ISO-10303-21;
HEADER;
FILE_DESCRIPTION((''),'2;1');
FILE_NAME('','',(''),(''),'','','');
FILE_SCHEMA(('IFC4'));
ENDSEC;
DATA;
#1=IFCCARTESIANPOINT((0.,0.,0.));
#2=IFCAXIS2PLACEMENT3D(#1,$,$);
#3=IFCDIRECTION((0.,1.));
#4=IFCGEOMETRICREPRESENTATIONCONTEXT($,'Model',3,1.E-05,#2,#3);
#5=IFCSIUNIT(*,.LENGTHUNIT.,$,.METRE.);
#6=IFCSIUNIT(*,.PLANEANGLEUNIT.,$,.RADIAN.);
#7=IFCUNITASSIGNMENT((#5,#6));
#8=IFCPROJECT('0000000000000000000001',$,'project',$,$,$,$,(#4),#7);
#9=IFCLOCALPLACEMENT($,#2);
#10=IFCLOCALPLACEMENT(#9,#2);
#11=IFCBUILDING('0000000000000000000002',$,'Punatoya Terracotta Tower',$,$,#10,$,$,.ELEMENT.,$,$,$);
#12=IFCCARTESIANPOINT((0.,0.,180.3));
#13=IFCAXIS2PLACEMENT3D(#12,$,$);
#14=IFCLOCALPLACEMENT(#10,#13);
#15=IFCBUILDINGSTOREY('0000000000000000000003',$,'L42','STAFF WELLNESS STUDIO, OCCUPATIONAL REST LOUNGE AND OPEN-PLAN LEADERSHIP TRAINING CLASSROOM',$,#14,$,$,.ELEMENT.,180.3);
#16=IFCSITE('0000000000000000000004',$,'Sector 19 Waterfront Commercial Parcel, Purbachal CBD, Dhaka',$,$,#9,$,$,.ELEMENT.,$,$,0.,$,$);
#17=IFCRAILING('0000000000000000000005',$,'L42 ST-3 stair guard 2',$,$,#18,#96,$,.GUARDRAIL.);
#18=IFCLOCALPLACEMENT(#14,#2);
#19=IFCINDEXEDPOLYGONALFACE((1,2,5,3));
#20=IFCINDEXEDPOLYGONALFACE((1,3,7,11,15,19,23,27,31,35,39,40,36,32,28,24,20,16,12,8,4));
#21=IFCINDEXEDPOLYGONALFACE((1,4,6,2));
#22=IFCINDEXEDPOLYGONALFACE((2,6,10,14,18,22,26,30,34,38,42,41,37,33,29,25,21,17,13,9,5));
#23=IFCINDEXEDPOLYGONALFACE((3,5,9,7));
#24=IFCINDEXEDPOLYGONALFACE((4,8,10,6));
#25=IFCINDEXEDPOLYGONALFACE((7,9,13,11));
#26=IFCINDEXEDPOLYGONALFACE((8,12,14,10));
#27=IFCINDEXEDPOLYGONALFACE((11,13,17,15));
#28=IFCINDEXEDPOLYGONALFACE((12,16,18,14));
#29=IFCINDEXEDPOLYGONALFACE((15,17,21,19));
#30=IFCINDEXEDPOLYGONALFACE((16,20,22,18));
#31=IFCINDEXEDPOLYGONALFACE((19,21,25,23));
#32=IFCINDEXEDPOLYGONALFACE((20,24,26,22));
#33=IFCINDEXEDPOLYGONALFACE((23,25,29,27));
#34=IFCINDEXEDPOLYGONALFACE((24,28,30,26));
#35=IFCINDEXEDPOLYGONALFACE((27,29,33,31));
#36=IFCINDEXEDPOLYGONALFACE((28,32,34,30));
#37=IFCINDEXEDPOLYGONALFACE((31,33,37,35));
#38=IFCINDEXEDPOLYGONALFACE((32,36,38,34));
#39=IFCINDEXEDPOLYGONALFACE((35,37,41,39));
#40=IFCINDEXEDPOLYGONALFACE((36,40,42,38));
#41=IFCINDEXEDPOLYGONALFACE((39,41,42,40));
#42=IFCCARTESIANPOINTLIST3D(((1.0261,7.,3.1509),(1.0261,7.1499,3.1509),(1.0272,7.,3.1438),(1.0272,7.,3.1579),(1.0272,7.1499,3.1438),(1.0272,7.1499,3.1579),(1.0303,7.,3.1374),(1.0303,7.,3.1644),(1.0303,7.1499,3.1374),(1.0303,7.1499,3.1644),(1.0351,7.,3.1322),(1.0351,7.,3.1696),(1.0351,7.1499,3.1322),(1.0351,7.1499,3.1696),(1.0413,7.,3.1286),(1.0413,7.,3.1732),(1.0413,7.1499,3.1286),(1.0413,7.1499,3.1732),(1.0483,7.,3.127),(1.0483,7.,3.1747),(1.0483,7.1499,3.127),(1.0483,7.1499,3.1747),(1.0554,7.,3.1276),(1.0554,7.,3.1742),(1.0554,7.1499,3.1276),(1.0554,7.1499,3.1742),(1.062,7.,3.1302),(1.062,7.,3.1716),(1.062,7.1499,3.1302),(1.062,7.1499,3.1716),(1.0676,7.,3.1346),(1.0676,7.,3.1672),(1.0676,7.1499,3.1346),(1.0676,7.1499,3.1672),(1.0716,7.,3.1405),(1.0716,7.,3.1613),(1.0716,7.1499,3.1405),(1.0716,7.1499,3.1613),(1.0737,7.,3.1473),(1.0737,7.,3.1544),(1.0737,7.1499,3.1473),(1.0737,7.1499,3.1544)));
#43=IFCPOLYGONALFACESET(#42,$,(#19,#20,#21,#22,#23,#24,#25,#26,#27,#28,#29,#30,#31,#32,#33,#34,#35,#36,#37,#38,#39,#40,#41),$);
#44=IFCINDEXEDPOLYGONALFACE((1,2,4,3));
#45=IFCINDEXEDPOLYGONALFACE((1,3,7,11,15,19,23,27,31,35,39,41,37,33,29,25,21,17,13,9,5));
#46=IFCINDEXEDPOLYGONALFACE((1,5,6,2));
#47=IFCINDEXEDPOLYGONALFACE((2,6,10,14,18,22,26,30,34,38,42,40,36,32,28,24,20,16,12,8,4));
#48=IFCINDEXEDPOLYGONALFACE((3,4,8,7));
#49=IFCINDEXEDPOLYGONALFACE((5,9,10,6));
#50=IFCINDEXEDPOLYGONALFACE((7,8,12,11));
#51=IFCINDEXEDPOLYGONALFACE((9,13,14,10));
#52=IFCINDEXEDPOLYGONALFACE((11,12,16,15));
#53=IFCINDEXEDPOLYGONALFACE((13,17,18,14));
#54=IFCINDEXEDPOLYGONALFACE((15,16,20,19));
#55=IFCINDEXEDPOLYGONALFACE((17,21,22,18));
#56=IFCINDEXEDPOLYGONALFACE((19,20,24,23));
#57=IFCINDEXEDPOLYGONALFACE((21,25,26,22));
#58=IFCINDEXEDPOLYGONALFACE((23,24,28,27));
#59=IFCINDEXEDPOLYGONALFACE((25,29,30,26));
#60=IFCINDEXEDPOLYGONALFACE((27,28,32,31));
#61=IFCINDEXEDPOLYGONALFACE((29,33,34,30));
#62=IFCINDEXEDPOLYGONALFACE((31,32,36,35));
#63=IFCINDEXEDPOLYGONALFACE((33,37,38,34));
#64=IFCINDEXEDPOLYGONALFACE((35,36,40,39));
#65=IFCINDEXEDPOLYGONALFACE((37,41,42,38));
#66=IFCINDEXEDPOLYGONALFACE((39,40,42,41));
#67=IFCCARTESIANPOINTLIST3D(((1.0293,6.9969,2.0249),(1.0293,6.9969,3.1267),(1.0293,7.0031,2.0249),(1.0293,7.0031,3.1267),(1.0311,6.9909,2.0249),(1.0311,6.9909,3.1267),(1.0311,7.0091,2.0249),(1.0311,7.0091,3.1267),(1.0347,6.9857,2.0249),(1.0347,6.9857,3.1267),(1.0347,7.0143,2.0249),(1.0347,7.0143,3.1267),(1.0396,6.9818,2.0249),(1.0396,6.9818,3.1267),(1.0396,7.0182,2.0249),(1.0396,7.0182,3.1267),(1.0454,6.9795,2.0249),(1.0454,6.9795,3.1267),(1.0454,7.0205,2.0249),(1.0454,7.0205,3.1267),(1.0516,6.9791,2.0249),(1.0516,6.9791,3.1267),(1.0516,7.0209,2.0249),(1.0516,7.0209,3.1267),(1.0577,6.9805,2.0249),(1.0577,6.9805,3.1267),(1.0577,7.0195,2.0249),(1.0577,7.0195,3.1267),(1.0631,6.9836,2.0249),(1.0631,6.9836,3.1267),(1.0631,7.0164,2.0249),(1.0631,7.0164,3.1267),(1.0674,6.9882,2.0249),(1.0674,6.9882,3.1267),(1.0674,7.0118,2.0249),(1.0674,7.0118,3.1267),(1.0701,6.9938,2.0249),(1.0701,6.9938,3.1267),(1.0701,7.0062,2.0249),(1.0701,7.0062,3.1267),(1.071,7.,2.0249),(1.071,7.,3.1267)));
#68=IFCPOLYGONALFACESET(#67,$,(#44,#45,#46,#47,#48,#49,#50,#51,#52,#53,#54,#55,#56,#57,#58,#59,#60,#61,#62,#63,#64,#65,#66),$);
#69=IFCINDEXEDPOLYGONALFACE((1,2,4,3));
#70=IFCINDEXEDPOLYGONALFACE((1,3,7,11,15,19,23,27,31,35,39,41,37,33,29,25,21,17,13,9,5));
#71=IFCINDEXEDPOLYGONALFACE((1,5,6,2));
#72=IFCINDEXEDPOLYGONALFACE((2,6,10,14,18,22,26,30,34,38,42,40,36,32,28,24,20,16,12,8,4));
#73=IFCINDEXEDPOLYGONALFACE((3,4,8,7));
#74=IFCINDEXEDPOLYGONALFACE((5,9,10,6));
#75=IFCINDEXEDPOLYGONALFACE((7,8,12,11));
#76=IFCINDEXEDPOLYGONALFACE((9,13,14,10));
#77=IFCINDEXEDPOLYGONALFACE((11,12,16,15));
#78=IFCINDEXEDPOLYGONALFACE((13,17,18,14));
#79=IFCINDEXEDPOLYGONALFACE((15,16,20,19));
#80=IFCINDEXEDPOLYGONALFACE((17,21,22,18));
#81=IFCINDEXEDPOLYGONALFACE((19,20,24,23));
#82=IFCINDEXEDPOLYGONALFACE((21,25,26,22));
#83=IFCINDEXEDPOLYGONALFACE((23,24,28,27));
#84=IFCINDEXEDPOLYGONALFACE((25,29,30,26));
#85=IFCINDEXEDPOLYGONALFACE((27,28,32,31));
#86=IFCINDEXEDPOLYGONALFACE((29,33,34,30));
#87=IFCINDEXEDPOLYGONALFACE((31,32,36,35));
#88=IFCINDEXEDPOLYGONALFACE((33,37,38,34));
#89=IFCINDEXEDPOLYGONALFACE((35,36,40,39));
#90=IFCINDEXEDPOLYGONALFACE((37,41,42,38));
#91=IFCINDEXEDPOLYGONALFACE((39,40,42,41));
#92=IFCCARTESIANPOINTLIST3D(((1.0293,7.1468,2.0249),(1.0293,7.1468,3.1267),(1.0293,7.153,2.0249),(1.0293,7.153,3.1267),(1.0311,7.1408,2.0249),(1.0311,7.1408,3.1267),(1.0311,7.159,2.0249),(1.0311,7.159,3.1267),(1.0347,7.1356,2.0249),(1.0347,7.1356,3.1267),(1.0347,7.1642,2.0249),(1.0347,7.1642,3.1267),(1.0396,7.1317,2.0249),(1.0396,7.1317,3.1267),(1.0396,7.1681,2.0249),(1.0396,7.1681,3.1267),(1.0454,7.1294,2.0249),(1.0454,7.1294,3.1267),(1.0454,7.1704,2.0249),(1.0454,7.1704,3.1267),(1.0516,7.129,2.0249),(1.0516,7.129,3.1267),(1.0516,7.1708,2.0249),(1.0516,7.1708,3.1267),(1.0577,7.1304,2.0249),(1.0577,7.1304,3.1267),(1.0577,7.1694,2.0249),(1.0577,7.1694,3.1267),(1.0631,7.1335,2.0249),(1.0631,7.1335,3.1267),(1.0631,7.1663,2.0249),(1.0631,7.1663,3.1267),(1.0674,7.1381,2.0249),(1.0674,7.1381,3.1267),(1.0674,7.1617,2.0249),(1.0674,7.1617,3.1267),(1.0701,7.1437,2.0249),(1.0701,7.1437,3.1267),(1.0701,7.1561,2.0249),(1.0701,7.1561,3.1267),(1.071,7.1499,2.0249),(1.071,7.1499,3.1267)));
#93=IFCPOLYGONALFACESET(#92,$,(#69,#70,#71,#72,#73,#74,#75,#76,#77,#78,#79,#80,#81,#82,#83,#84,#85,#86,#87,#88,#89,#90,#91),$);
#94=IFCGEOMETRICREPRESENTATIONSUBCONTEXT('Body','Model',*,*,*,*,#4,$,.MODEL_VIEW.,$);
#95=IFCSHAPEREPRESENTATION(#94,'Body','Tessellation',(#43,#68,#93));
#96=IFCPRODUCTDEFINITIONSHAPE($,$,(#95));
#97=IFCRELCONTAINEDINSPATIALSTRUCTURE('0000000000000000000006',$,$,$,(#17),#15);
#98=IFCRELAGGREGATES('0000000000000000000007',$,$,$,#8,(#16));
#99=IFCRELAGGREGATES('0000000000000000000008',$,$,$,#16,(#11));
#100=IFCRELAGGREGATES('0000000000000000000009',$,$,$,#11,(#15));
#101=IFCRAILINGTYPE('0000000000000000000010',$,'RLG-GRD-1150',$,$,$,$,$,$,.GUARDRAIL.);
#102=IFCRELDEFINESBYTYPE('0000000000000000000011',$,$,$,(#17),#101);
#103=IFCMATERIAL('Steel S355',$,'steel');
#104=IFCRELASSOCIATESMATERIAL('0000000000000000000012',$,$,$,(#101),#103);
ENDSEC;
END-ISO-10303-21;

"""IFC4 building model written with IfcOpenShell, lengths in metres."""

from ifc_helpers import new_model, si_unit, direction, frame, origin, origin_2d, place, context, subcontext, project, spatial, circle, extrude, material, type_object, element, save


model = new_model("IFC4")

# Units and contexts
model_context = context("Model", 3, precision=1e-05, world=origin(), true_north=direction((0.0, 1.0)))
body_context = subcontext(model_context, "Body", "Model", "MODEL_VIEW")
ifc_project = project(units=[si_unit("LENGTHUNIT", "METRE"), si_unit("PLANEANGLEUNIT", "RADIAN")], contexts=[model_context])

# Site, building, storey
site_placement = place(None, origin())
site = spatial("IfcSite", under=ifc_project, at=site_placement, Name="Sector 19 Waterfront Commercial Parcel, Purbachal CBD, Dhaka", CompositionType="ELEMENT", RefElevation=0.0)
building_placement = place(site_placement, origin())
building = spatial("IfcBuilding", under=site, at=building_placement, Name="Punatoya Terracotta Tower", CompositionType="ELEMENT")
storey_placement = place(building_placement, frame((0.0, 0.0, 180.3)))
storey = spatial("IfcBuildingStorey", under=building, at=storey_placement, Name="L42", Description="STAFF WELLNESS STUDIO, OCCUPATIONAL REST LOUNGE AND OPEN-PLAN LEADERSHIP TRAINING CLASSROOM", CompositionType="ELEMENT", Elevation=180.3)

# Shared definitions
ifc_material_1 = material(Name="Steel S355", Category="steel")

# Railing
railing_type_1 = type_object("IfcRailingType", Name="RLG-GRD-1150", PredefinedType="GUARDRAIL", material=ifc_material_1)
railing_1_placement = place(storey_placement, frame((1.05, 7.0, 2.0249)))
element("IfcRailing", 1, at=railing_1_placement, inside=storey, type_object=railing_type_1, Name="L42 ST-3 stair guard 2", PredefinedType="GUARDRAIL", context=body_context, shape_type="SweptSolid", body=[
    extrude(circle(Radius=0.0239, at=origin_2d()), frame((0.0, 0.0, 1.126), z_axis=(0.0, 1.0, 0.0), x_axis=(-1.0, 0.0, 0.0)), (0.0, 0.0, 1.0), 0.1499),
    extrude(circle(Radius=0.021, at=origin_2d()), origin(), (0.0, 0.0, 1.0), 1.1018),
    extrude(circle(Radius=0.021, at=origin_2d()), frame((0.0, 0.1499, 0.0)), (0.0, 0.0, 1.0), 1.1018),
])

save(model, "model.ifc")
